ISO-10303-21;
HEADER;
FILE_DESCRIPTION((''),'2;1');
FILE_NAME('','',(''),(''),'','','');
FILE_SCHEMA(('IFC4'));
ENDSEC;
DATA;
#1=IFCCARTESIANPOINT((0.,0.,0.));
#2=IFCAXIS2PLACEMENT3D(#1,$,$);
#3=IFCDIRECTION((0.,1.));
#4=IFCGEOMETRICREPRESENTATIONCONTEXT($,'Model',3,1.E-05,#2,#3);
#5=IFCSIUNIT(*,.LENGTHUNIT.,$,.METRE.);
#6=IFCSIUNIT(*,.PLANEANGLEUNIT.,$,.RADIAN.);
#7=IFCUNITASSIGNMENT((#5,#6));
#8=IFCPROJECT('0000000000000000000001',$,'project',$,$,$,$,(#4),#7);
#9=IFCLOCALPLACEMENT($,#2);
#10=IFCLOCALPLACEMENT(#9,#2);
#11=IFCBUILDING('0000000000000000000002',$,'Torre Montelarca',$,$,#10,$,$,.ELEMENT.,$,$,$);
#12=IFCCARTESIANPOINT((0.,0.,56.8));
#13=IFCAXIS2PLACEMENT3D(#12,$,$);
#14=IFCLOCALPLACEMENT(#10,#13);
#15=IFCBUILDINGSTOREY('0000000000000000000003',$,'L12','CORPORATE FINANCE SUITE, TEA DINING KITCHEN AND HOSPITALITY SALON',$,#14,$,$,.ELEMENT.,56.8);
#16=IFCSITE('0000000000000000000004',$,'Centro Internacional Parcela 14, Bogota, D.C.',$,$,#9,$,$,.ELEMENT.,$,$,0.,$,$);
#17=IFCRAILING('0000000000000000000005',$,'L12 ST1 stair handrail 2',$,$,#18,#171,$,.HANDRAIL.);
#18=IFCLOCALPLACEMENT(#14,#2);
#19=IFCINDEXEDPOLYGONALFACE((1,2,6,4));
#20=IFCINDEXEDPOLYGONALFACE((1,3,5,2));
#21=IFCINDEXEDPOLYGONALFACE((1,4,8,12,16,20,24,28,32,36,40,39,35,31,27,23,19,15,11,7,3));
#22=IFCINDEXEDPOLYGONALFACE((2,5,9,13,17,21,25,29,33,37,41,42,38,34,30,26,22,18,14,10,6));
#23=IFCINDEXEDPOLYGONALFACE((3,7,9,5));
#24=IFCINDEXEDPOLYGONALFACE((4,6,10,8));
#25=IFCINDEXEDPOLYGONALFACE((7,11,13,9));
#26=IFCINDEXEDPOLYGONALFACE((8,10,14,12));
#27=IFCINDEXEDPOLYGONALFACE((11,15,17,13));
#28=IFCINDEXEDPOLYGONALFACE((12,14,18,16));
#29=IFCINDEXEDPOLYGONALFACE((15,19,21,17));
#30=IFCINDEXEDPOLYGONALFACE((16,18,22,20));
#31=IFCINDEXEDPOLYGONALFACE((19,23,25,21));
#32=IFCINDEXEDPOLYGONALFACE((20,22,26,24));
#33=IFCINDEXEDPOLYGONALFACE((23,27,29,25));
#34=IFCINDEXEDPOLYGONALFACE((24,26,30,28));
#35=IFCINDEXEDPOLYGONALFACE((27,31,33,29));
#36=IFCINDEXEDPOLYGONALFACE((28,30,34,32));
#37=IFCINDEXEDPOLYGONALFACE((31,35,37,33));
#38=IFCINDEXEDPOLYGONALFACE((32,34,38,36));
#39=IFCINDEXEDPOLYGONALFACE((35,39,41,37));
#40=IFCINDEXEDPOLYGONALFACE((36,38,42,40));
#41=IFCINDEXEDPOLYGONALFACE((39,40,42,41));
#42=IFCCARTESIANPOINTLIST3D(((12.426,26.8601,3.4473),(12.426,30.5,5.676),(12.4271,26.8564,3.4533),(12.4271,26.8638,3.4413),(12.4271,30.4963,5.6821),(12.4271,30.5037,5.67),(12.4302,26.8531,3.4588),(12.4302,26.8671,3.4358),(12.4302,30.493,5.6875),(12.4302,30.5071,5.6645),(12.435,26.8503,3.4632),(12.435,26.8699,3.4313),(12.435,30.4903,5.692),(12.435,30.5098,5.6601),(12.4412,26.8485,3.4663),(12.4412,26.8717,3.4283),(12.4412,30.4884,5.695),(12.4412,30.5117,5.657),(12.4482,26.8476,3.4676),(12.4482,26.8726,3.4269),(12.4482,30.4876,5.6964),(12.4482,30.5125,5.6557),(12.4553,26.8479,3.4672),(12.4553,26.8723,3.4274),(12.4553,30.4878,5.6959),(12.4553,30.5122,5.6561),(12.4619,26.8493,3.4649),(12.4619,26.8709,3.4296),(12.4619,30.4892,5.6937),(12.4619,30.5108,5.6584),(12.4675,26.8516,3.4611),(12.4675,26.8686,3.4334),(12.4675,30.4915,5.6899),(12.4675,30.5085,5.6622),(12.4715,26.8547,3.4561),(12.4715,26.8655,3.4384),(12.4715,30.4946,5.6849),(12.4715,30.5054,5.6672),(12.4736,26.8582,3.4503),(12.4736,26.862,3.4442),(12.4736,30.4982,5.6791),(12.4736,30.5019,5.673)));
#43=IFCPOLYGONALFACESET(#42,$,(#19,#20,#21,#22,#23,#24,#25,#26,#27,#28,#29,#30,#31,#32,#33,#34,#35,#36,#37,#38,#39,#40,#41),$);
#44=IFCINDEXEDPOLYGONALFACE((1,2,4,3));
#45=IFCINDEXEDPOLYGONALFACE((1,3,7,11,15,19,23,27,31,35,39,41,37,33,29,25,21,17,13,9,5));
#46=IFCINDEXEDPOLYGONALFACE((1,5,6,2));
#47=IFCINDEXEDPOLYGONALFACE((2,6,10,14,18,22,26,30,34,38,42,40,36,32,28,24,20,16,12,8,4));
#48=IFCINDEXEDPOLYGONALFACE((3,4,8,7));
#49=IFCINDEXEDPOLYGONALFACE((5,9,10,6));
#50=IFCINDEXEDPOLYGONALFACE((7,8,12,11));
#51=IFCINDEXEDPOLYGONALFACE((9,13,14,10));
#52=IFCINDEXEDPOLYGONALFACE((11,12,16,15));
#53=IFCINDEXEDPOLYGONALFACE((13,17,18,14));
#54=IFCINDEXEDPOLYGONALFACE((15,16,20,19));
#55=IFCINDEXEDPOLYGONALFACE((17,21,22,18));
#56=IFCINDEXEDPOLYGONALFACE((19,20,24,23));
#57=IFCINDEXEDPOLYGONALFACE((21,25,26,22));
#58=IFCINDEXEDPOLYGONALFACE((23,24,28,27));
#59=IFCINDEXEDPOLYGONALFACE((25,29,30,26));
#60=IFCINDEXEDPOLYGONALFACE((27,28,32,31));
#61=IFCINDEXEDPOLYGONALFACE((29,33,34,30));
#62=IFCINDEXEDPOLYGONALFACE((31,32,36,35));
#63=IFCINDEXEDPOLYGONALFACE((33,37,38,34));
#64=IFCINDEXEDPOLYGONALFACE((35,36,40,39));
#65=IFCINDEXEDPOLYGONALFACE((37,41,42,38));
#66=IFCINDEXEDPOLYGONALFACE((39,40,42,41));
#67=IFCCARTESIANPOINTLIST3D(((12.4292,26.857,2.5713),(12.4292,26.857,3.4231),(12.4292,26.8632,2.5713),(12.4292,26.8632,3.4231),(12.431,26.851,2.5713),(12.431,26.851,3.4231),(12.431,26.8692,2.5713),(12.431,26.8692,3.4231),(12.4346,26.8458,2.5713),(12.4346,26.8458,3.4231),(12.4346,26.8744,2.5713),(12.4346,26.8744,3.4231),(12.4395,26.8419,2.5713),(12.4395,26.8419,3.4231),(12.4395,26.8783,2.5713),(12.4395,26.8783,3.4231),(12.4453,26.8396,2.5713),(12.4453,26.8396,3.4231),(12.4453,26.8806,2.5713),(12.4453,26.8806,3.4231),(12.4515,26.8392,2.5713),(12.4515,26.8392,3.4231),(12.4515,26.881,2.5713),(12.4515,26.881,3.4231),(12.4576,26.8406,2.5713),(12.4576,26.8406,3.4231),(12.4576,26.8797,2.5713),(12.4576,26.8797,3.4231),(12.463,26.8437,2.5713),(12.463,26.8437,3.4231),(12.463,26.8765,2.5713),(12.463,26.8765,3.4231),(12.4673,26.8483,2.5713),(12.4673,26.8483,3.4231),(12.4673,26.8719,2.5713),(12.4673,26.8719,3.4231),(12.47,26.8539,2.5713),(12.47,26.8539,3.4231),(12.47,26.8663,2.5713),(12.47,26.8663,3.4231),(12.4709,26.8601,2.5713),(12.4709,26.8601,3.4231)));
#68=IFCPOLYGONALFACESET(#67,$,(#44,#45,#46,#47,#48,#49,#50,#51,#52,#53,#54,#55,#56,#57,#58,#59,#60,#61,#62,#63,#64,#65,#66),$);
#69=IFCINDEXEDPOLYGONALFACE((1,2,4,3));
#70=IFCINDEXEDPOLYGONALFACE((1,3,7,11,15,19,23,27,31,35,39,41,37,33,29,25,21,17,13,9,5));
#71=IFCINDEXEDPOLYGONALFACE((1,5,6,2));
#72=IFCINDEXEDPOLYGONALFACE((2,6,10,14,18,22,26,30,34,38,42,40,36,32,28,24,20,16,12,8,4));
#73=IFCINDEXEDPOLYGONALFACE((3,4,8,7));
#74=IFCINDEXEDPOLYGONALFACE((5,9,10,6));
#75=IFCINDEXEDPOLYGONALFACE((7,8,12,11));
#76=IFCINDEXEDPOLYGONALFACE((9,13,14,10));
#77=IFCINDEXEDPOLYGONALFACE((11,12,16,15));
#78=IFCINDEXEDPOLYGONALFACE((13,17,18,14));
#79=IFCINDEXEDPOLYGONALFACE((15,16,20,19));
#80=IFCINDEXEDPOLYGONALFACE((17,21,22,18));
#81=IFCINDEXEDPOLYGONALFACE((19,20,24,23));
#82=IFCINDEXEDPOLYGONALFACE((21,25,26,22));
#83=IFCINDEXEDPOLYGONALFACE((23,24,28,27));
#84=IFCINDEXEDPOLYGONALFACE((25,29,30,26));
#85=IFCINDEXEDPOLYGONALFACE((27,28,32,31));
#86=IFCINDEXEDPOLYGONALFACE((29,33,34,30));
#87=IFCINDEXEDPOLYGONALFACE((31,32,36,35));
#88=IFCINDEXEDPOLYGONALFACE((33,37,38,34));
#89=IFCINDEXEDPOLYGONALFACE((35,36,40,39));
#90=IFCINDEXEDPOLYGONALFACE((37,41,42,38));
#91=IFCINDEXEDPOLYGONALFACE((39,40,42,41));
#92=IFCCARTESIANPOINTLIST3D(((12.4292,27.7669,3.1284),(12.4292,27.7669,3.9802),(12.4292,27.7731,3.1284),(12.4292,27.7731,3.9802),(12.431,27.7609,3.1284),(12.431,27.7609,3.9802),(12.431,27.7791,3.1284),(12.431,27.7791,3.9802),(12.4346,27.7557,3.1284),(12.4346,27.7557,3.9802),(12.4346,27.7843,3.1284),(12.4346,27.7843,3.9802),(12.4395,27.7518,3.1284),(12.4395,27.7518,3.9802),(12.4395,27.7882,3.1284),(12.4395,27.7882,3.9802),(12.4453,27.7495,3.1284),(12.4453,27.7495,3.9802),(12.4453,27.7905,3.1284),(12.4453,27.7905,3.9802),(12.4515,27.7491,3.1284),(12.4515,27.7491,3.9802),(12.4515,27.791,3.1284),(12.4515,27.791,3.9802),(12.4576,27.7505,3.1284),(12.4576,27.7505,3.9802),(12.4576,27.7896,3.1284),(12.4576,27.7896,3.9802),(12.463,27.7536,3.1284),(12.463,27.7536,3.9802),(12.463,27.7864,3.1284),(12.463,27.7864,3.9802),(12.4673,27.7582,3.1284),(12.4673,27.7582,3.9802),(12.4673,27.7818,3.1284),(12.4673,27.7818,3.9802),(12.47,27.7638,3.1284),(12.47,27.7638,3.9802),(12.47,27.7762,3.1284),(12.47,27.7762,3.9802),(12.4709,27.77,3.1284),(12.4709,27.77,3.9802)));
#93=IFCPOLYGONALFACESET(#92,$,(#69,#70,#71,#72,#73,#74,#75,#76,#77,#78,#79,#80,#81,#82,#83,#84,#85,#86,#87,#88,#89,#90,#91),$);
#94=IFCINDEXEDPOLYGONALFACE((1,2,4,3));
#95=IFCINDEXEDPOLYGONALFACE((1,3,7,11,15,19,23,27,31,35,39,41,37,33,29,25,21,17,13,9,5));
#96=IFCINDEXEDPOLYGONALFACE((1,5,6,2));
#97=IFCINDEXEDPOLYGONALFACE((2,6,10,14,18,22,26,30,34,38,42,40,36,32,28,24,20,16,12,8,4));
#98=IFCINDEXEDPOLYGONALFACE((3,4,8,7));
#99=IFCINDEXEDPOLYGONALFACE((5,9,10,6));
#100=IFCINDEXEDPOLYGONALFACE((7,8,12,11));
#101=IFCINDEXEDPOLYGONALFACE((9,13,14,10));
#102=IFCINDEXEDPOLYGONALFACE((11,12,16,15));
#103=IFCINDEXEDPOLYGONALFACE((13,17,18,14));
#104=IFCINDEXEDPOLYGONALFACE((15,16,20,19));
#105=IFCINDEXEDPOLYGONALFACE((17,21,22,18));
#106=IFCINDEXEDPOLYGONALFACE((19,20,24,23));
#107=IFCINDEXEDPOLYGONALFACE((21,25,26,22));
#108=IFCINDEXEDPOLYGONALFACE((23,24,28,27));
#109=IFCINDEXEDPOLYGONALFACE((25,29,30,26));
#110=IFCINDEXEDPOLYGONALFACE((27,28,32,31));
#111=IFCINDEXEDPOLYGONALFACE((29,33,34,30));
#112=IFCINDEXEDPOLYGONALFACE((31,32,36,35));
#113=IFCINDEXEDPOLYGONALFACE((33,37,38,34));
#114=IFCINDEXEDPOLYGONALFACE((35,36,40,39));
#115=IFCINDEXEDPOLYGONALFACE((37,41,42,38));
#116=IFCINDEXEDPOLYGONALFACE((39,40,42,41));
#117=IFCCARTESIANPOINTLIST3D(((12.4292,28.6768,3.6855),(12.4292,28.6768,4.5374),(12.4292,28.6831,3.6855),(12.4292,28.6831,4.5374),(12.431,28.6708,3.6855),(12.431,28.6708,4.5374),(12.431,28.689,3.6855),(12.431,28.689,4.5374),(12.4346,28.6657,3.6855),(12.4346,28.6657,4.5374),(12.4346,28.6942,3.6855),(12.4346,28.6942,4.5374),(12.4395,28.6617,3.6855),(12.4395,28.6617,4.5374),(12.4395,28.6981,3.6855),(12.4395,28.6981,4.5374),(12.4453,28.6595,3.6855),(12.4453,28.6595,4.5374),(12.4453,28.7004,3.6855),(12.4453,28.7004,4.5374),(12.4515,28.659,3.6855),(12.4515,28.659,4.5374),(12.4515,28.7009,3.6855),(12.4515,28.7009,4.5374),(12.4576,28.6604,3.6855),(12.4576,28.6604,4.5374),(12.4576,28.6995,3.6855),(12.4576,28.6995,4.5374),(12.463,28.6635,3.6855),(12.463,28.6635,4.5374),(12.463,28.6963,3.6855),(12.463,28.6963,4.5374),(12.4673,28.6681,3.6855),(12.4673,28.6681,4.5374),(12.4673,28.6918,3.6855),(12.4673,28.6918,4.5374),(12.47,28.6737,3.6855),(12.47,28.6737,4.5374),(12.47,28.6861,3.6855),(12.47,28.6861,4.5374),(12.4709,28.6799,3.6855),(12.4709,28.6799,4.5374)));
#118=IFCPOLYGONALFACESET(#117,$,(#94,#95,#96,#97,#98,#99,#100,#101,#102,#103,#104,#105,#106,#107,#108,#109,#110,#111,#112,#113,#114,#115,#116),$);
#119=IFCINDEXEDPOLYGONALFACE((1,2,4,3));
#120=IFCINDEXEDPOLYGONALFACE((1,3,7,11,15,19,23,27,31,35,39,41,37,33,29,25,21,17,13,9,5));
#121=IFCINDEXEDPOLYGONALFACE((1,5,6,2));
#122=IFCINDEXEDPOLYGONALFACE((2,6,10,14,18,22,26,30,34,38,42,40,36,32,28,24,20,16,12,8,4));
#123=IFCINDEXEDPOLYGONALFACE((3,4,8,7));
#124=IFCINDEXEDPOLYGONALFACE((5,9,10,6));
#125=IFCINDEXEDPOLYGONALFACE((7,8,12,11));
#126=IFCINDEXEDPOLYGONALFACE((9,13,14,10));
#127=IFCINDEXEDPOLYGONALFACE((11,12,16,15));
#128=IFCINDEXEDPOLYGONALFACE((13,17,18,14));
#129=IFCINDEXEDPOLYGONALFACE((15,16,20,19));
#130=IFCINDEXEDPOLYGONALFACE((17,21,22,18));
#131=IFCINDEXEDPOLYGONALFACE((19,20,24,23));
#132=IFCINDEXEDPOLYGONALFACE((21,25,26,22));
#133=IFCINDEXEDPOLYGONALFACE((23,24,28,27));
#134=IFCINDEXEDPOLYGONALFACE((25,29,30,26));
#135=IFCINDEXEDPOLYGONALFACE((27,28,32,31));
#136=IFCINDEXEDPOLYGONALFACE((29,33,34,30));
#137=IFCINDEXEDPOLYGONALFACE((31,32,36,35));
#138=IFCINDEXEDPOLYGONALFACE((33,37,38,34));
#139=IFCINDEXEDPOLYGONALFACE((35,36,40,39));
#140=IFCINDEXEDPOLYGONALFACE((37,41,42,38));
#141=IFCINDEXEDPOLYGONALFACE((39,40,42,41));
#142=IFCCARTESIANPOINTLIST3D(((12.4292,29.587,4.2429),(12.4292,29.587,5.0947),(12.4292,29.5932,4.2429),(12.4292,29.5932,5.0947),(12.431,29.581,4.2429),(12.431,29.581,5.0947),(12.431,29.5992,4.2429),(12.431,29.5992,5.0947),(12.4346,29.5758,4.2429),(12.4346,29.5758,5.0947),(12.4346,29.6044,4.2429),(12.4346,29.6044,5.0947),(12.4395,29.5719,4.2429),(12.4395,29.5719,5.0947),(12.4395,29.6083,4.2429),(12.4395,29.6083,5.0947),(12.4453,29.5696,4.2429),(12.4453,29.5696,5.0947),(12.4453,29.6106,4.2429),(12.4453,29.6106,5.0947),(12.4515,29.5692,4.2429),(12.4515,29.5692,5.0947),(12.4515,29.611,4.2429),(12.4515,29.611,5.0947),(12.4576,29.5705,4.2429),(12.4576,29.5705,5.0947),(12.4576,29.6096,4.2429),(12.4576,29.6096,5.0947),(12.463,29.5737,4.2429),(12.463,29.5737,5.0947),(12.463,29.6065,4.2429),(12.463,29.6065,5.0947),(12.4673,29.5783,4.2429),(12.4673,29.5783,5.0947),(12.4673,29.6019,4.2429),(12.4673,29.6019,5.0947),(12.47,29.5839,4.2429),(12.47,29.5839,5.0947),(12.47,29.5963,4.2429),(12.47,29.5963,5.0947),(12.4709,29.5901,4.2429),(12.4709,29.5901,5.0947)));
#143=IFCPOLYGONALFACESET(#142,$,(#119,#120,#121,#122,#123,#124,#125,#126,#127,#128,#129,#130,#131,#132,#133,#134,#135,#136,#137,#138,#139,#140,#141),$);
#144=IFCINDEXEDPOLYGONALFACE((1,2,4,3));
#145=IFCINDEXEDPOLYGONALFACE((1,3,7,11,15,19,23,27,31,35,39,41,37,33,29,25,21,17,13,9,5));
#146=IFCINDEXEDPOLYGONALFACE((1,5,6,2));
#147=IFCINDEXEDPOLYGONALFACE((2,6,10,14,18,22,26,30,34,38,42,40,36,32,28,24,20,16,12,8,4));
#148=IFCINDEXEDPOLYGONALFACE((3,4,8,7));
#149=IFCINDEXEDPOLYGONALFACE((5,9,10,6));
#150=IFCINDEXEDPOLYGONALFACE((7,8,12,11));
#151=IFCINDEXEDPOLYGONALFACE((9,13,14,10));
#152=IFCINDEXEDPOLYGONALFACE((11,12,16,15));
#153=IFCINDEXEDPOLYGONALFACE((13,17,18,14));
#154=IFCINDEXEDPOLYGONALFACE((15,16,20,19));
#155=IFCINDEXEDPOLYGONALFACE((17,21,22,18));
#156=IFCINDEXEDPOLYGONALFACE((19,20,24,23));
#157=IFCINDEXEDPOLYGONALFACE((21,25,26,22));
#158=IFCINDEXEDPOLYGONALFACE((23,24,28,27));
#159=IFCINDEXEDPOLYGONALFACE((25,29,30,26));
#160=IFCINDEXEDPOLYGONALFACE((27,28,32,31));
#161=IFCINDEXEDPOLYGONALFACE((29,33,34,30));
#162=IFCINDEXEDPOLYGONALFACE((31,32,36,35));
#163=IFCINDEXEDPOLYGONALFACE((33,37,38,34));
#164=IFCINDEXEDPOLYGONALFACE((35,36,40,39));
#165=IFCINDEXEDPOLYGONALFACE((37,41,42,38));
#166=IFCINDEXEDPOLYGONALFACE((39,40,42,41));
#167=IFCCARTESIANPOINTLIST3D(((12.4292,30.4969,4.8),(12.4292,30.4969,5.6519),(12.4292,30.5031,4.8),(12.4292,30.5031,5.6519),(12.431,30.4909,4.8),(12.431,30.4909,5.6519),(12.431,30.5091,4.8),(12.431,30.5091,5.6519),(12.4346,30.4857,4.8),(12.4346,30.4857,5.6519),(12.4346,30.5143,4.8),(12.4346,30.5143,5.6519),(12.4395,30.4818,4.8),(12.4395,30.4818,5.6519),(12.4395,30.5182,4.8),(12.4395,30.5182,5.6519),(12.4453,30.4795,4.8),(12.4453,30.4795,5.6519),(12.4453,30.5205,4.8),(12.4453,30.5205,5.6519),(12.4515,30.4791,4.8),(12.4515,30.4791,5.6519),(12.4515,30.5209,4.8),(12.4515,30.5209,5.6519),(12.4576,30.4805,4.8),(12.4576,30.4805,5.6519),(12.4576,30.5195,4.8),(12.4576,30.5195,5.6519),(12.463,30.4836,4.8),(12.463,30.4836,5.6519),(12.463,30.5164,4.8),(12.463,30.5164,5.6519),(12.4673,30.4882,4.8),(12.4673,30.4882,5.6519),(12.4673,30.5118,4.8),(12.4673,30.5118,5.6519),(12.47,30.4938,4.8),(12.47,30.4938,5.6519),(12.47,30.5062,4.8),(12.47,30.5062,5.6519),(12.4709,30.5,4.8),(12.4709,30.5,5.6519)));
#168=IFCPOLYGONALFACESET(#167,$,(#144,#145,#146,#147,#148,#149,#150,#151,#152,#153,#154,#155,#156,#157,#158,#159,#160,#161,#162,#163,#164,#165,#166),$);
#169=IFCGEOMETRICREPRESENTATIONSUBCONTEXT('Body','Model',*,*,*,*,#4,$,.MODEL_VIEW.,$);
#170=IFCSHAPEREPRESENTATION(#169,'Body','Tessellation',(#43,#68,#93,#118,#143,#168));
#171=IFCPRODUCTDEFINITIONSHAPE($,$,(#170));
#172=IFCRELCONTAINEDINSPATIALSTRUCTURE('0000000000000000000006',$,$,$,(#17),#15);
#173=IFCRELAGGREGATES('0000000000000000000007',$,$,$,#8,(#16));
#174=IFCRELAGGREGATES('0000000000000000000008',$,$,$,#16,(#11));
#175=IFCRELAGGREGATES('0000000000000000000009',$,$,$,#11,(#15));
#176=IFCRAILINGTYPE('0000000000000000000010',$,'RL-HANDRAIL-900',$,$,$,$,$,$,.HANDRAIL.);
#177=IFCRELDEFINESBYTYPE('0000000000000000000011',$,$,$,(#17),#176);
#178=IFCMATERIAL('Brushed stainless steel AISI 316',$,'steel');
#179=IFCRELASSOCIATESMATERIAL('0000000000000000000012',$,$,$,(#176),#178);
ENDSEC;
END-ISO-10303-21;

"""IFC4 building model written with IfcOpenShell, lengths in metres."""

from ifc_helpers import new_model, si_unit, direction, frame, origin, origin_2d, place, context, subcontext, project, spatial, circle, extrude, material, type_object, element, save


model = new_model("IFC4")

# Units and contexts
model_context = context("Model", 3, precision=1e-05, world=origin(), true_north=direction((0.0, 1.0)))
body_context = subcontext(model_context, "Body", "Model", "MODEL_VIEW")
ifc_project = project(units=[si_unit("LENGTHUNIT", "METRE"), si_unit("PLANEANGLEUNIT", "RADIAN")], contexts=[model_context])

# Site, building, storey
site_placement = place(None, origin())
site = spatial("IfcSite", under=ifc_project, at=site_placement, Name="Centro Internacional Parcela 14, Bogota, D.C.", CompositionType="ELEMENT", RefElevation=0.0)
building_placement = place(site_placement, origin())
building = spatial("IfcBuilding", under=site, at=building_placement, Name="Torre Montelarca", CompositionType="ELEMENT")
storey_placement = place(building_placement, frame((0.0, 0.0, 56.8)))
storey = spatial("IfcBuildingStorey", under=building, at=storey_placement, Name="L12", Description="CORPORATE FINANCE SUITE, TEA DINING KITCHEN AND HOSPITALITY SALON", CompositionType="ELEMENT", Elevation=56.8)

# Shared definitions
ifc_material_1 = material(Name="Brushed stainless steel AISI 316", Category="steel")

# Railing
railing_type_1 = type_object("IfcRailingType", Name="RL-HANDRAIL-900", PredefinedType="HANDRAIL", material=ifc_material_1)
railing_1_placement = place(storey_placement, frame((12.45, 26.8601, 2.5713)))
element("IfcRailing", 1, at=railing_1_placement, inside=storey, type_object=railing_type_1, Name="L12 ST1 stair handrail 2", PredefinedType="HANDRAIL", context=body_context, shape_type="SweptSolid", body=[
    extrude(circle(Radius=0.0239, at=origin_2d()), frame((0.0, 0.0, 0.876), z_axis=(0.0, 0.852825, 0.522197), x_axis=(-1.0, 0.0, 0.0)), (0.0, 0.0, 1.0), 4.2681),
    extrude(circle(Radius=0.021, at=origin_2d()), origin(), (0.0, 0.0, 1.0), 0.8518),
    extrude(circle(Radius=0.021, at=origin_2d()), frame((0.0, 0.9099, 0.5571)), (0.0, 0.0, 1.0), 0.8518),
    extrude(circle(Radius=0.021, at=origin_2d()), frame((0.0, 1.8198, 1.1143)), (0.0, 0.0, 1.0), 0.8518),
    extrude(circle(Radius=0.021, at=origin_2d()), frame((0.0, 2.73, 1.6716)), (0.0, 0.0, 1.0), 0.8518),
    extrude(circle(Radius=0.021, at=origin_2d()), frame((0.0, 3.6399, 2.2288)), (0.0, 0.0, 1.0), 0.8518),
])

save(model, "model.ifc")
